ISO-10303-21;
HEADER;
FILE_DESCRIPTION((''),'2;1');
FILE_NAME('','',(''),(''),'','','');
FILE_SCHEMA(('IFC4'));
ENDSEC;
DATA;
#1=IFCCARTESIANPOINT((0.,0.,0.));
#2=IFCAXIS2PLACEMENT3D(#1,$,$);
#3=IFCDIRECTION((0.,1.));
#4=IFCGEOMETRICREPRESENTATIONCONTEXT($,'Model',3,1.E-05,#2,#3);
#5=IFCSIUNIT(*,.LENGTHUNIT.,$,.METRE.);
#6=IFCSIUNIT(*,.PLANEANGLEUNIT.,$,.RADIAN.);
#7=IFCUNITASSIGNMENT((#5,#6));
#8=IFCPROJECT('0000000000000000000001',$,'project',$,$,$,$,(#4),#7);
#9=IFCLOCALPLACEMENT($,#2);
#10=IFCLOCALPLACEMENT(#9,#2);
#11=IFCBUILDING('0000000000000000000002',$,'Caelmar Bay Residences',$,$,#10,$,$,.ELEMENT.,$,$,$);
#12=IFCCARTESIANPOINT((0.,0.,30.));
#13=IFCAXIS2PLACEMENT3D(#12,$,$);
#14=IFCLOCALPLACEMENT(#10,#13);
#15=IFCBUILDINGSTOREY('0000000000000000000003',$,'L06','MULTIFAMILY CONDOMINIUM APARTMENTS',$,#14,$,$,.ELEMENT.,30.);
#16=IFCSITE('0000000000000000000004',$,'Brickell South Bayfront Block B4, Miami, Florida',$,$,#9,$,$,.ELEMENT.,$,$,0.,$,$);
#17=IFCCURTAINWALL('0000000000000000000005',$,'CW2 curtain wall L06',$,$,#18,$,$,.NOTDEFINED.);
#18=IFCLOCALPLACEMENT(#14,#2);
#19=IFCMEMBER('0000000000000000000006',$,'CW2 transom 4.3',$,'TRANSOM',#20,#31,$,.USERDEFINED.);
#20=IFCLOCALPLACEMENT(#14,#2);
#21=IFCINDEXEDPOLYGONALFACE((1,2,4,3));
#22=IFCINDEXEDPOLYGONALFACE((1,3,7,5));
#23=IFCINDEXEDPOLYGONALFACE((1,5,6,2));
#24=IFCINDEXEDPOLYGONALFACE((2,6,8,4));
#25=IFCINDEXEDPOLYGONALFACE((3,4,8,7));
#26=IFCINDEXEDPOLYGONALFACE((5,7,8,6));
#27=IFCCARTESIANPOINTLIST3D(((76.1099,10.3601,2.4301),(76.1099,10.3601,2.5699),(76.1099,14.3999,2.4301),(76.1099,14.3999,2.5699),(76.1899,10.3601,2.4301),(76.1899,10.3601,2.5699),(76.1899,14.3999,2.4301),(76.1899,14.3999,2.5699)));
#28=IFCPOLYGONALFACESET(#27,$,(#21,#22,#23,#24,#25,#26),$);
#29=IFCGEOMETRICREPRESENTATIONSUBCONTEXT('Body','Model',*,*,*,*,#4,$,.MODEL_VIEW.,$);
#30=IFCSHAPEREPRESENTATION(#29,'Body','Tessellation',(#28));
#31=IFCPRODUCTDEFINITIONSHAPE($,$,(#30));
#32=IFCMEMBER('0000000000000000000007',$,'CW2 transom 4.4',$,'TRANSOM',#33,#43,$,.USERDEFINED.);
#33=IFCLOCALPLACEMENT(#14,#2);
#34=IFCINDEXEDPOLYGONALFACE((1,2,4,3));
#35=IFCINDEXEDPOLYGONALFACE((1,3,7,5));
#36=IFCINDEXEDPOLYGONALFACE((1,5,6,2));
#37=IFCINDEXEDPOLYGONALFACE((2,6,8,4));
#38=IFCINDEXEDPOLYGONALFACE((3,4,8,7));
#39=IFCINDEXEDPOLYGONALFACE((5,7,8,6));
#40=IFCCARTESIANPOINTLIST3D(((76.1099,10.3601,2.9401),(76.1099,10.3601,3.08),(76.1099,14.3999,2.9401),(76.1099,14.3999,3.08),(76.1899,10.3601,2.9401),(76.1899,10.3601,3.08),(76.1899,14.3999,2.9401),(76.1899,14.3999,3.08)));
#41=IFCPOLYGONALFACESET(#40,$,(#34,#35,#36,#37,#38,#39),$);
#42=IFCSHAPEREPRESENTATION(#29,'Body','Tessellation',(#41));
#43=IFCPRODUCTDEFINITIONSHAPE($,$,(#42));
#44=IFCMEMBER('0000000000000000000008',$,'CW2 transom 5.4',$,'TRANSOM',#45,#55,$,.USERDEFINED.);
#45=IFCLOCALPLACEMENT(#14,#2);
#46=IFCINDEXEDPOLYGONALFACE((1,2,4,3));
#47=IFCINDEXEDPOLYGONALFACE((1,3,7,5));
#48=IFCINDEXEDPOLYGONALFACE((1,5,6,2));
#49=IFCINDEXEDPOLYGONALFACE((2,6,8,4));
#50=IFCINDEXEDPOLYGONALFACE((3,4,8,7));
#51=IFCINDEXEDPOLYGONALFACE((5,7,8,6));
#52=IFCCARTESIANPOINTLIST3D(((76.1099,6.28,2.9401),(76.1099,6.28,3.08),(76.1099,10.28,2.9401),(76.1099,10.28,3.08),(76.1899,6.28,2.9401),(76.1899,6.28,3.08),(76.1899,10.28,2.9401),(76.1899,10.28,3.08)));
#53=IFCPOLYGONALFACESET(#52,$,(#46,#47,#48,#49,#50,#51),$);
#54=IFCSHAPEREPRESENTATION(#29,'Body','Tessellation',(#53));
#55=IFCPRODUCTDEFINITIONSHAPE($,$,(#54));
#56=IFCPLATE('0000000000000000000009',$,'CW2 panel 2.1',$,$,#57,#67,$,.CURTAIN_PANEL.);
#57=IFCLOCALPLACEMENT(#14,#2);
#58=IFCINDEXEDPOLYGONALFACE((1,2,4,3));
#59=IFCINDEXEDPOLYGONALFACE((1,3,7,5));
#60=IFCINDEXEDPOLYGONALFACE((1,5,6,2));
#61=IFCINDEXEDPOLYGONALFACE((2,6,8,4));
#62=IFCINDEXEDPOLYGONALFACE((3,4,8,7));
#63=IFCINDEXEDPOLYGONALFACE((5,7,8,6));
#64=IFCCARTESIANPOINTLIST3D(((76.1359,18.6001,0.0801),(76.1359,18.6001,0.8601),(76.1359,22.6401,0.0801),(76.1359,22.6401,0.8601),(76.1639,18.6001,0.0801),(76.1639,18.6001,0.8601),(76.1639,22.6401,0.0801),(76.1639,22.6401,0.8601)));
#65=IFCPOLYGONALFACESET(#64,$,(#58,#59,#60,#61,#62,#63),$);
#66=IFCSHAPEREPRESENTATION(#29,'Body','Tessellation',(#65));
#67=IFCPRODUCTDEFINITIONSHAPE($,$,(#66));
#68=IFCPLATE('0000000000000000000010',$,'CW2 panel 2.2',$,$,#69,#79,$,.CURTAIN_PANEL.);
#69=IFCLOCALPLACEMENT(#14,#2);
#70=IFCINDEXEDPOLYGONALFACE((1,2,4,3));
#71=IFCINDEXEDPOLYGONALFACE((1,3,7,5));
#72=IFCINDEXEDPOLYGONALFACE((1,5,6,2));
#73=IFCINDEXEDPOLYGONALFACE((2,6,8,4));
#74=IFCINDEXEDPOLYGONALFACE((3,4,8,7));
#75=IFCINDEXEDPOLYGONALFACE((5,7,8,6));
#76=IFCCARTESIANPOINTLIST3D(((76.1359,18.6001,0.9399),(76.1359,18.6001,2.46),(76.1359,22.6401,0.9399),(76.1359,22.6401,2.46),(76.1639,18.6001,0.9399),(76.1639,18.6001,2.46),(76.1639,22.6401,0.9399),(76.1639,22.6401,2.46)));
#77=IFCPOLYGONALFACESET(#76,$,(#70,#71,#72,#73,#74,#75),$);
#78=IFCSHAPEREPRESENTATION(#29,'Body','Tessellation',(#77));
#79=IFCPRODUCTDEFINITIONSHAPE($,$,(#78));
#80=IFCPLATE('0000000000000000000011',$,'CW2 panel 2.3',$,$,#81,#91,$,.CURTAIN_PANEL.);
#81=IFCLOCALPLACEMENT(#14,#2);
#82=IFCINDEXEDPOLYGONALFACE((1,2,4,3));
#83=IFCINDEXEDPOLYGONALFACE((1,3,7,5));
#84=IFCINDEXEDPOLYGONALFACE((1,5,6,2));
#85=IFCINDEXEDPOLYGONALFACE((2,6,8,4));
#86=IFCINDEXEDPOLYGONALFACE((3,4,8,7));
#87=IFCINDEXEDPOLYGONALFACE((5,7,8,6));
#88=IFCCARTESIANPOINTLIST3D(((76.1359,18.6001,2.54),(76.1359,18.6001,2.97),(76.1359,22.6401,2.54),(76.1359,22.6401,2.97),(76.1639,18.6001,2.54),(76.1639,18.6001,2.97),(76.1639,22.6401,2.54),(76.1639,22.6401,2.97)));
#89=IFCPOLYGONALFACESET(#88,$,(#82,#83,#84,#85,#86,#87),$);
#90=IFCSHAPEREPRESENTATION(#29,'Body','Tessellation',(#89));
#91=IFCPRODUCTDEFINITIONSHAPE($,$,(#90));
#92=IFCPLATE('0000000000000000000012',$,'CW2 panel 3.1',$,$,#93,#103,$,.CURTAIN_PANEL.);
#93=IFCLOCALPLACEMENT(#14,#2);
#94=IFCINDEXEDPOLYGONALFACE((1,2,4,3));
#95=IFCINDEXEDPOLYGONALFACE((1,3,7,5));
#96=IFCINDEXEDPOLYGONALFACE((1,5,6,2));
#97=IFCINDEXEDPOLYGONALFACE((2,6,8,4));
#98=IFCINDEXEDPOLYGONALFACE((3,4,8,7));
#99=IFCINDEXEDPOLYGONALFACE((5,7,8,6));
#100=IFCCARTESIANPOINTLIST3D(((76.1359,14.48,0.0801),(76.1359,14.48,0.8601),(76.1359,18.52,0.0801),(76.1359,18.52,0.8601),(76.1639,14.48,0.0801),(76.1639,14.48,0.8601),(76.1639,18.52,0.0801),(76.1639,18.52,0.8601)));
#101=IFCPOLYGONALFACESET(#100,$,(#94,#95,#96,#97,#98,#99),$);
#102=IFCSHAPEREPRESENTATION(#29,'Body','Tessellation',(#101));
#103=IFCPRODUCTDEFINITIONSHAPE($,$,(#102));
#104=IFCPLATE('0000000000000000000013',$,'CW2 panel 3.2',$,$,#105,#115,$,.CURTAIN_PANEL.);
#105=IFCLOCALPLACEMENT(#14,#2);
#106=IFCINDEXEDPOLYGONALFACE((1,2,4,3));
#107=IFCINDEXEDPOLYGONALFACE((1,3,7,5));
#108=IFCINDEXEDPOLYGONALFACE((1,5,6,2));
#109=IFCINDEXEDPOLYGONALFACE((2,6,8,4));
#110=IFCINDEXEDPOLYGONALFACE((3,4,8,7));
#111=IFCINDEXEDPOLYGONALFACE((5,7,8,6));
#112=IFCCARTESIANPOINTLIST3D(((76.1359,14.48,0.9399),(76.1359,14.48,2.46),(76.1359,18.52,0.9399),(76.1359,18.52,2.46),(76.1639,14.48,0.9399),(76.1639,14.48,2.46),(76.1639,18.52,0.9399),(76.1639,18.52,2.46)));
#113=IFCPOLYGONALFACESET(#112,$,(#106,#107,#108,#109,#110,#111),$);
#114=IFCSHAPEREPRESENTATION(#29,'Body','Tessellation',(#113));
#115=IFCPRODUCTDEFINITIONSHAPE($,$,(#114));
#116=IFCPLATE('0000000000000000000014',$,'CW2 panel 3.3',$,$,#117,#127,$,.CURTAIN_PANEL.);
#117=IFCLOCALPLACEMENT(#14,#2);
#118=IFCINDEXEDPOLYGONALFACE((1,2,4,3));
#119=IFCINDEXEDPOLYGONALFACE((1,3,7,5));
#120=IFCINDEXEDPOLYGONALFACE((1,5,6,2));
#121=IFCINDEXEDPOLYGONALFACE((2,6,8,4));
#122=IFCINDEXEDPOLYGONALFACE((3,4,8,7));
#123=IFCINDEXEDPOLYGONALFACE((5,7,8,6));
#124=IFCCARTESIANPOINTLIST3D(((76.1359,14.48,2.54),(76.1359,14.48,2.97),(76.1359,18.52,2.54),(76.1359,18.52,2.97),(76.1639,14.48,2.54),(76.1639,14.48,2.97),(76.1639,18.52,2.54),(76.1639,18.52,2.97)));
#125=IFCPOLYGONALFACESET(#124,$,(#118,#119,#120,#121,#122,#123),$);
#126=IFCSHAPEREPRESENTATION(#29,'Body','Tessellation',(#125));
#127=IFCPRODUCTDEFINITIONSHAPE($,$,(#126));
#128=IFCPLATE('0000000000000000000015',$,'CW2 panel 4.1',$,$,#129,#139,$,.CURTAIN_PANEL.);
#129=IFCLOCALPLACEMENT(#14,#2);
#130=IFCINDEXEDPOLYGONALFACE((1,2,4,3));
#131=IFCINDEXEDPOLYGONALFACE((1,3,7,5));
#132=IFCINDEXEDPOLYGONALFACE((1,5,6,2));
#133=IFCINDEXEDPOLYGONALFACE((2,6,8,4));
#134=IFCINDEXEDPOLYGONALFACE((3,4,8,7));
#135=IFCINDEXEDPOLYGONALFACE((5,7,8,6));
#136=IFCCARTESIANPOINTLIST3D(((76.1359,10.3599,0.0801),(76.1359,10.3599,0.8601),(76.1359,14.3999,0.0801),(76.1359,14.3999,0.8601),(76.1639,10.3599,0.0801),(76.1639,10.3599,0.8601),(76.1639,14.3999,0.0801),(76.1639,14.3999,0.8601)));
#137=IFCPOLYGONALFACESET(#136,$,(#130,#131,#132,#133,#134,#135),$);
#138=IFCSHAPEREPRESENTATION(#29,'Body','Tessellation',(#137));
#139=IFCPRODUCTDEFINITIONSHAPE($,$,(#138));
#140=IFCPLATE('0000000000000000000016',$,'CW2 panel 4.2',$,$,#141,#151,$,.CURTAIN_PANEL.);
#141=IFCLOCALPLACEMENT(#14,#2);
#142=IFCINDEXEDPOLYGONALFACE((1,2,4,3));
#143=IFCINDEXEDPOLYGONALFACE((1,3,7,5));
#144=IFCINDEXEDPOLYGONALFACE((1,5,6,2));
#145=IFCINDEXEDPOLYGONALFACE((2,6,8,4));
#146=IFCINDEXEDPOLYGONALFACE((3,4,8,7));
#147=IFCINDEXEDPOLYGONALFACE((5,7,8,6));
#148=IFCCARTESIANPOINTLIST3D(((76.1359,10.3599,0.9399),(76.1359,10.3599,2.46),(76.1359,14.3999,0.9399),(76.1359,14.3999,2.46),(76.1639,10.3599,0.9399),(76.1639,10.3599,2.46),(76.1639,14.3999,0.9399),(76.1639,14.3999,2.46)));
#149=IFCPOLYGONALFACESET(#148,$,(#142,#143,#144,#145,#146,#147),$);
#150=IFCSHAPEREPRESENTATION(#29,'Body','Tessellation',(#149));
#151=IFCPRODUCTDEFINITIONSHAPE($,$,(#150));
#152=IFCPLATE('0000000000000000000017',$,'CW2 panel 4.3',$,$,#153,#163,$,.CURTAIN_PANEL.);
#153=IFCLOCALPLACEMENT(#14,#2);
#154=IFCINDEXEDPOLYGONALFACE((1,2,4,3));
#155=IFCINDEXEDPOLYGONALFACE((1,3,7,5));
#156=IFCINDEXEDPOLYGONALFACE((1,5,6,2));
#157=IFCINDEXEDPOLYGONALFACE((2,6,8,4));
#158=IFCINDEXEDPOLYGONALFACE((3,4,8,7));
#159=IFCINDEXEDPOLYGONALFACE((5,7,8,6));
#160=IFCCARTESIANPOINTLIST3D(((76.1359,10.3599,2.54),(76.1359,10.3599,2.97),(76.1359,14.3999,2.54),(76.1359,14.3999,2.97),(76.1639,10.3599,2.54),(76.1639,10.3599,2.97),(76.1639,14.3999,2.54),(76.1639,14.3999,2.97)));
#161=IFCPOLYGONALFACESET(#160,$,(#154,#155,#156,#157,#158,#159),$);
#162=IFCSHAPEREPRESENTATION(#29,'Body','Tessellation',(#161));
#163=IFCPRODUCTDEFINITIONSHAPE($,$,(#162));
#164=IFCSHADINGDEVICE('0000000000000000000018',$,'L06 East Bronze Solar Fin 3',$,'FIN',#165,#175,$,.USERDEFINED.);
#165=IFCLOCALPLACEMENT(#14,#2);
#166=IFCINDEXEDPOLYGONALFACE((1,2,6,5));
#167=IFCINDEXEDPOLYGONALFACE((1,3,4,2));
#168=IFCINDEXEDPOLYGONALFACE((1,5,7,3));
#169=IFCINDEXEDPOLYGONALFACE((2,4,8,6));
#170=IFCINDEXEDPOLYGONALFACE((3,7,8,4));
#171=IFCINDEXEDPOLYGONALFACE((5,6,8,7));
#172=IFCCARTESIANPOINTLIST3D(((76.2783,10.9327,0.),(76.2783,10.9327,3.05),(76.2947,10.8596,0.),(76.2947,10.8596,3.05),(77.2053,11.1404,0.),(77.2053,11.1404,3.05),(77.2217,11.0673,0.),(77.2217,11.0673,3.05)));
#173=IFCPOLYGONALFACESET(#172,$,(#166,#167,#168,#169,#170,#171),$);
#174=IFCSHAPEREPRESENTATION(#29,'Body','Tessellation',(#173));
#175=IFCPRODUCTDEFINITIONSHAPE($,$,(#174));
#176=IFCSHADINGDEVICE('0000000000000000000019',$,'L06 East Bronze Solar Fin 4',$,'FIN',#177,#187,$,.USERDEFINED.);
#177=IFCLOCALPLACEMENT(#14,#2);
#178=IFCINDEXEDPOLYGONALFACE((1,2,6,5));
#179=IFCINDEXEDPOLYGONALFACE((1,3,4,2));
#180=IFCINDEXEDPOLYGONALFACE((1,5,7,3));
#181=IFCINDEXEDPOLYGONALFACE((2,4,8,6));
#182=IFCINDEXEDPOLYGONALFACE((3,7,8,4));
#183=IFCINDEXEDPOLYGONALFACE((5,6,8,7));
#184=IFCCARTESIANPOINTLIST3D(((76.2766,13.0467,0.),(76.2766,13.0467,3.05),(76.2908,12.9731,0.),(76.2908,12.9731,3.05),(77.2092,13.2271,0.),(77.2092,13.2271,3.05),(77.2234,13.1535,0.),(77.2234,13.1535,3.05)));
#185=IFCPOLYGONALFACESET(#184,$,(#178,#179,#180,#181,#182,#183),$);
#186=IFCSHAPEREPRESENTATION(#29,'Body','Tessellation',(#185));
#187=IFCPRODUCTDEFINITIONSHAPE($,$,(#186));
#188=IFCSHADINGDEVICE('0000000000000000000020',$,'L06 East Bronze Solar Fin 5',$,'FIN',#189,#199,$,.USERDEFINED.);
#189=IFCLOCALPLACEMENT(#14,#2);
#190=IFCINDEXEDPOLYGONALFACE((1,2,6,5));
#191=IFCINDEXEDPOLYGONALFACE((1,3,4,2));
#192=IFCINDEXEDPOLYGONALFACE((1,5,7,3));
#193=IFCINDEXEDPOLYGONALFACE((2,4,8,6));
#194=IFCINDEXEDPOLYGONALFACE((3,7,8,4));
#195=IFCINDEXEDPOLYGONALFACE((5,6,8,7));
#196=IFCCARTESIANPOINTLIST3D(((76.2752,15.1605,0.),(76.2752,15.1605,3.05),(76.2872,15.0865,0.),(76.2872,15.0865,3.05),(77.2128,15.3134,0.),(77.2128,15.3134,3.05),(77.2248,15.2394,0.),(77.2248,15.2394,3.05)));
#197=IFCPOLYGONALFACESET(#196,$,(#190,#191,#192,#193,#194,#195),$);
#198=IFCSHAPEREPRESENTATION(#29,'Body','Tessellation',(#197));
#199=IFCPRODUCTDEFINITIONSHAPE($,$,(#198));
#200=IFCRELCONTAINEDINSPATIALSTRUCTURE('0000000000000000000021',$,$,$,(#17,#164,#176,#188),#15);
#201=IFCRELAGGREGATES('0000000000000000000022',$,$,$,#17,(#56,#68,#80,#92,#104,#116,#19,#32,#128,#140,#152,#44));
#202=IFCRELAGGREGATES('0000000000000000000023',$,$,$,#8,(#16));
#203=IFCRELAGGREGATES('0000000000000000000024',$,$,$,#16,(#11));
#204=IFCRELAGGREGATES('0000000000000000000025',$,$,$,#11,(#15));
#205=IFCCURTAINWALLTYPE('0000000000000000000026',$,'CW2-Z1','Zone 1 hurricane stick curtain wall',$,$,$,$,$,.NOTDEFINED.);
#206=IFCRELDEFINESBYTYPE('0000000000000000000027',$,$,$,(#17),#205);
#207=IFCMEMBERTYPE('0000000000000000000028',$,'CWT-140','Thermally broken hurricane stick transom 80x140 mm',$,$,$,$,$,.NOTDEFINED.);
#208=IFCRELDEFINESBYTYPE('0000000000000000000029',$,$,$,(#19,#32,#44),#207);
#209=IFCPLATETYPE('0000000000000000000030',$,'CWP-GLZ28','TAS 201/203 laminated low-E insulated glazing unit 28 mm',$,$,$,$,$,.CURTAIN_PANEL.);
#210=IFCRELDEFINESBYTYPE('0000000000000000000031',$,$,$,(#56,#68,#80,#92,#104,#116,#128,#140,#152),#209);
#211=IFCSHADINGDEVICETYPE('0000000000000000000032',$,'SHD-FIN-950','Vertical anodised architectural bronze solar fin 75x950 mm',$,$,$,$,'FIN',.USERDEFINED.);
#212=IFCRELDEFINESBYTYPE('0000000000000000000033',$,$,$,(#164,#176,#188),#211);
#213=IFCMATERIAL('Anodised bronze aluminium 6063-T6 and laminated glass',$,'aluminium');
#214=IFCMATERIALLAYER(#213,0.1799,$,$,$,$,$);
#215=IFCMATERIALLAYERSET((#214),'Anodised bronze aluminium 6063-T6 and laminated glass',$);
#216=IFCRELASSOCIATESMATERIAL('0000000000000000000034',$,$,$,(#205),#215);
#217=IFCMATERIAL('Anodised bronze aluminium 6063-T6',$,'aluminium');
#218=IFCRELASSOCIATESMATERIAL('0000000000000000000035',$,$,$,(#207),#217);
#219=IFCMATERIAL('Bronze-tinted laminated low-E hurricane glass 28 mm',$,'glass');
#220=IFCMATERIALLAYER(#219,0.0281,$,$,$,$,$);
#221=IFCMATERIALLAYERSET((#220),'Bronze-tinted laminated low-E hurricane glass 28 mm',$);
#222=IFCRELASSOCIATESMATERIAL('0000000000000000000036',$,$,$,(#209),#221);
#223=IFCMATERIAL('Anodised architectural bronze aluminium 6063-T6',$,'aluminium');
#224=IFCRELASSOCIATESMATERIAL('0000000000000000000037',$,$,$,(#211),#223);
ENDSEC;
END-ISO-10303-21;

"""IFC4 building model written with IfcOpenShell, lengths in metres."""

from ifc_helpers import new_model, si_unit, direction, frame, origin, origin_2d, place, context, subcontext, project, spatial, rectangle, extrude, material, layer, layer_set, material_profile, profile_set, type_object, element, aggregate, save


model = new_model("IFC4")

# Units and contexts
model_context = context("Model", 3, precision=1e-05, world=origin(), true_north=direction((0.0, 1.0)))
body_context = subcontext(model_context, "Body", "Model", "MODEL_VIEW")
ifc_project = project(units=[si_unit("LENGTHUNIT", "METRE"), si_unit("PLANEANGLEUNIT", "RADIAN")], contexts=[model_context])

# Site, building, storey
site_placement = place(None, origin())
site = spatial("IfcSite", under=ifc_project, at=site_placement, Name="Brickell South Bayfront Block B4, Miami, Florida", CompositionType="ELEMENT", RefElevation=0.0)
building_placement = place(site_placement, origin())
building = spatial("IfcBuilding", under=site, at=building_placement, Name="Caelmar Bay Residences", CompositionType="ELEMENT")
storey_placement = place(building_placement, frame((0.0, 0.0, 30.0)))
storey = spatial("IfcBuildingStorey", under=building, at=storey_placement, Name="L06", Description="MULTIFAMILY CONDOMINIUM APARTMENTS", CompositionType="ELEMENT", Elevation=30.0)

# Curtain wall, members, plates
ifc_material_1 = material(Name="Anodised bronze aluminium 6063-T6 and laminated glass", Category="aluminium")
ifc_layer_1 = layer(ifc_material_1, 0.1799)
ifc_layer_set_1 = layer_set([ifc_layer_1], Name="Anodised bronze aluminium 6063-T6 and laminated glass")
curtain_wall_type = type_object("IfcCurtainWallType", Name="CW2-Z1", Description="Zone 1 hurricane stick curtain wall", PredefinedType="NOTDEFINED", material=ifc_layer_set_1)
curtain_wall_placement = place(storey_placement, origin())
curtain_wall = element("IfcCurtainWall", 1, at=curtain_wall_placement, inside=storey, type_object=curtain_wall_type, Name="CW2 curtain wall L06", PredefinedType="NOTDEFINED")
ifc_material_2 = material(Name="Anodised bronze aluminium 6063-T6", Category="aluminium")
ifc_material_profile_1 = material_profile(ifc_material_2, rectangle(XDim=0.0801, YDim=0.1399, at=origin_2d()), Name="CWT-80X140")
ifc_profile_set_1 = profile_set([ifc_material_profile_1], Name="Anodised bronze aluminium 6063-T6")
member_type_1 = type_object("IfcMemberType", Name="CWT-140", Description="Thermally broken hurricane stick transom 80x140 mm", PredefinedType="NOTDEFINED", material=ifc_profile_set_1)
member_1_placement = place(storey_placement, frame((76.1499, 14.3999, 2.5), z_axis=(0.0, -1.0, 0.0), x_axis=(1.0, 0.0, 0.0)))
member_1 = element("IfcMember", 2, at=member_1_placement, type_object=member_type_1, Name="CW2 transom 4.3", ObjectType="TRANSOM", PredefinedType="USERDEFINED", context=body_context, shape_type="SweptSolid", body=[
    extrude(rectangle(XDim=0.0801, YDim=0.1399, at=origin_2d()), origin(), (0.0, 0.0, 1.0), 4.0398),
])
member_2_placement = place(storey_placement, frame((76.1499, 14.3999, 3.01), z_axis=(0.0, -1.0, 0.0), x_axis=(1.0, 0.0, 0.0)))
member_2 = element("IfcMember", 3, at=member_2_placement, type_object=member_type_1, Name="CW2 transom 4.4", ObjectType="TRANSOM", PredefinedType="USERDEFINED", context=body_context, shape_type="SweptSolid", body=[
    extrude(rectangle(XDim=0.0801, YDim=0.1399, at=origin_2d()), origin(), (0.0, 0.0, 1.0), 4.0398),
])
member_3_placement = place(storey_placement, frame((76.1499, 10.28, 3.01), z_axis=(0.0, -1.0, 0.0), x_axis=(1.0, 0.0, 0.0)))
member_3 = element("IfcMember", 4, at=member_3_placement, type_object=member_type_1, Name="CW2 transom 5.4", ObjectType="TRANSOM", PredefinedType="USERDEFINED", context=body_context, shape_type="SweptSolid", body=[
    extrude(rectangle(XDim=0.0801, YDim=0.1399, at=origin_2d()), origin(), (0.0, 0.0, 1.0), 4.0),
])
ifc_material_3 = material(Name="Bronze-tinted laminated low-E hurricane glass 28 mm", Category="glass")
ifc_layer_2 = layer(ifc_material_3, 0.0281)
ifc_layer_set_2 = layer_set([ifc_layer_2], Name="Bronze-tinted laminated low-E hurricane glass 28 mm")
plate_type = type_object("IfcPlateType", Name="CWP-GLZ28", Description="TAS 201/203 laminated low-E insulated glazing unit 28 mm", PredefinedType="CURTAIN_PANEL", material=ifc_layer_set_2)
plate_1_placement = place(storey_placement, frame((76.1499, 20.6201, 0.0801), z_axis=(0.0, 0.0, 1.0), x_axis=(0.0, -1.0, 0.0)))
plate_1 = element("IfcPlate", 5, at=plate_1_placement, type_object=plate_type, Name="CW2 panel 2.1", PredefinedType="CURTAIN_PANEL", context=body_context, shape_type="SweptSolid", body=[
    extrude(rectangle(XDim=4.04, YDim=0.0281, at=origin_2d()), origin(), (0.0, 0.0, 1.0), 0.78),
])
plate_2_placement = place(storey_placement, frame((76.1499, 20.6201, 0.9399), z_axis=(0.0, 0.0, 1.0), x_axis=(0.0, -1.0, 0.0)))
plate_2 = element("IfcPlate", 6, at=plate_2_placement, type_object=plate_type, Name="CW2 panel 2.2", PredefinedType="CURTAIN_PANEL", context=body_context, shape_type="SweptSolid", body=[
    extrude(rectangle(XDim=4.04, YDim=0.0281, at=origin_2d()), origin(), (0.0, 0.0, 1.0), 1.52),
])
plate_3_placement = place(storey_placement, frame((76.1499, 20.6201, 2.54), z_axis=(0.0, 0.0, 1.0), x_axis=(0.0, -1.0, 0.0)))
plate_3 = element("IfcPlate", 7, at=plate_3_placement, type_object=plate_type, Name="CW2 panel 2.3", PredefinedType="CURTAIN_PANEL", context=body_context, shape_type="SweptSolid", body=[
    extrude(rectangle(XDim=4.04, YDim=0.0281, at=origin_2d()), origin(), (0.0, 0.0, 1.0), 0.4299),
])
plate_4_placement = place(storey_placement, frame((76.1499, 16.5, 0.0801), z_axis=(0.0, 0.0, 1.0), x_axis=(0.0, -1.0, 0.0)))
plate_4 = element("IfcPlate", 8, at=plate_4_placement, type_object=plate_type, Name="CW2 panel 3.1", PredefinedType="CURTAIN_PANEL", context=body_context, shape_type="SweptSolid", body=[
    extrude(rectangle(XDim=4.04, YDim=0.0281, at=origin_2d()), origin(), (0.0, 0.0, 1.0), 0.78),
])
plate_5_placement = place(storey_placement, frame((76.1499, 16.5, 0.9399), z_axis=(0.0, 0.0, 1.0), x_axis=(0.0, -1.0, 0.0)))
plate_5 = element("IfcPlate", 9, at=plate_5_placement, type_object=plate_type, Name="CW2 panel 3.2", PredefinedType="CURTAIN_PANEL", context=body_context, shape_type="SweptSolid", body=[
    extrude(rectangle(XDim=4.04, YDim=0.0281, at=origin_2d()), origin(), (0.0, 0.0, 1.0), 1.52),
])
plate_6_placement = place(storey_placement, frame((76.1499, 16.5, 2.54), z_axis=(0.0, 0.0, 1.0), x_axis=(0.0, -1.0, 0.0)))
plate_6 = element("IfcPlate", 10, at=plate_6_placement, type_object=plate_type, Name="CW2 panel 3.3", PredefinedType="CURTAIN_PANEL", context=body_context, shape_type="SweptSolid", body=[
    extrude(rectangle(XDim=4.04, YDim=0.0281, at=origin_2d()), origin(), (0.0, 0.0, 1.0), 0.4299),
])
plate_7_placement = place(storey_placement, frame((76.1499, 12.3799, 0.0801), z_axis=(0.0, 0.0, 1.0), x_axis=(0.0, -1.0, 0.0)))
plate_7 = element("IfcPlate", 11, at=plate_7_placement, type_object=plate_type, Name="CW2 panel 4.1", PredefinedType="CURTAIN_PANEL", context=body_context, shape_type="SweptSolid", body=[
    extrude(rectangle(XDim=4.04, YDim=0.0281, at=origin_2d()), origin(), (0.0, 0.0, 1.0), 0.78),
])
plate_8_placement = place(storey_placement, frame((76.1499, 12.3799, 0.9399), z_axis=(0.0, 0.0, 1.0), x_axis=(0.0, -1.0, 0.0)))
plate_8 = element("IfcPlate", 12, at=plate_8_placement, type_object=plate_type, Name="CW2 panel 4.2", PredefinedType="CURTAIN_PANEL", context=body_context, shape_type="SweptSolid", body=[
    extrude(rectangle(XDim=4.04, YDim=0.0281, at=origin_2d()), origin(), (0.0, 0.0, 1.0), 1.52),
])
plate_9_placement = place(storey_placement, frame((76.1499, 12.3799, 2.54), z_axis=(0.0, 0.0, 1.0), x_axis=(0.0, -1.0, 0.0)))
plate_9 = element("IfcPlate", 13, at=plate_9_placement, type_object=plate_type, Name="CW2 panel 4.3", PredefinedType="CURTAIN_PANEL", context=body_context, shape_type="SweptSolid", body=[
    extrude(rectangle(XDim=4.04, YDim=0.0281, at=origin_2d()), origin(), (0.0, 0.0, 1.0), 0.4299),
])
aggregate(curtain_wall, [plate_1, plate_2, plate_3, plate_4, plate_5, plate_6, member_1, member_2, plate_7, plate_8, plate_9, member_3])

# Shading devices
ifc_material_4 = material(Name="Anodised architectural bronze aluminium 6063-T6", Category="aluminium")
ifc_material_profile_2 = material_profile(ifc_material_4, rectangle(XDim=0.075, YDim=0.95, at=origin_2d()), Name="BRONZE-FIN-75X950")
ifc_profile_set_2 = profile_set([ifc_material_profile_2], Name="Anodised architectural bronze aluminium 6063-T6")
shading_device_type = type_object("IfcShadingDeviceType", Name="SHD-FIN-950", Description="Vertical anodised architectural bronze solar fin 75x950 mm", ElementType="FIN", PredefinedType="USERDEFINED", material=ifc_profile_set_2)
for number, where, z_axis, x_axis, name in (
    (14, (76.75, 11.0, 0.0), (0.0, 0.0, 1.0), (-0.218654, 0.975802, 0.0), "L06 East Bronze Solar Fin 3"),
    (15, (76.75, 13.1001, 0.0), (0.0, 0.0, 1.0), (-0.189952, 0.981793, 0.0), "L06 East Bronze Solar Fin 4"),
    (16, (76.75, 15.2, 0.0), (0.0, 0.0, 1.0), (-0.160915, 0.986968, 0.0), "L06 East Bronze Solar Fin 5"),
):
    element("IfcShadingDevice", number, at=place(storey_placement, frame(where, z_axis=z_axis, x_axis=x_axis)), inside=storey, type_object=shading_device_type, Name=name, ObjectType="FIN", PredefinedType="USERDEFINED", context=body_context, shape_type="SweptSolid", body=[
        extrude(rectangle(XDim=0.075, YDim=0.95, at=origin_2d()), origin(), (0.0, 0.0, 1.0), 3.05),
    ])

save(model, "model.ifc")
